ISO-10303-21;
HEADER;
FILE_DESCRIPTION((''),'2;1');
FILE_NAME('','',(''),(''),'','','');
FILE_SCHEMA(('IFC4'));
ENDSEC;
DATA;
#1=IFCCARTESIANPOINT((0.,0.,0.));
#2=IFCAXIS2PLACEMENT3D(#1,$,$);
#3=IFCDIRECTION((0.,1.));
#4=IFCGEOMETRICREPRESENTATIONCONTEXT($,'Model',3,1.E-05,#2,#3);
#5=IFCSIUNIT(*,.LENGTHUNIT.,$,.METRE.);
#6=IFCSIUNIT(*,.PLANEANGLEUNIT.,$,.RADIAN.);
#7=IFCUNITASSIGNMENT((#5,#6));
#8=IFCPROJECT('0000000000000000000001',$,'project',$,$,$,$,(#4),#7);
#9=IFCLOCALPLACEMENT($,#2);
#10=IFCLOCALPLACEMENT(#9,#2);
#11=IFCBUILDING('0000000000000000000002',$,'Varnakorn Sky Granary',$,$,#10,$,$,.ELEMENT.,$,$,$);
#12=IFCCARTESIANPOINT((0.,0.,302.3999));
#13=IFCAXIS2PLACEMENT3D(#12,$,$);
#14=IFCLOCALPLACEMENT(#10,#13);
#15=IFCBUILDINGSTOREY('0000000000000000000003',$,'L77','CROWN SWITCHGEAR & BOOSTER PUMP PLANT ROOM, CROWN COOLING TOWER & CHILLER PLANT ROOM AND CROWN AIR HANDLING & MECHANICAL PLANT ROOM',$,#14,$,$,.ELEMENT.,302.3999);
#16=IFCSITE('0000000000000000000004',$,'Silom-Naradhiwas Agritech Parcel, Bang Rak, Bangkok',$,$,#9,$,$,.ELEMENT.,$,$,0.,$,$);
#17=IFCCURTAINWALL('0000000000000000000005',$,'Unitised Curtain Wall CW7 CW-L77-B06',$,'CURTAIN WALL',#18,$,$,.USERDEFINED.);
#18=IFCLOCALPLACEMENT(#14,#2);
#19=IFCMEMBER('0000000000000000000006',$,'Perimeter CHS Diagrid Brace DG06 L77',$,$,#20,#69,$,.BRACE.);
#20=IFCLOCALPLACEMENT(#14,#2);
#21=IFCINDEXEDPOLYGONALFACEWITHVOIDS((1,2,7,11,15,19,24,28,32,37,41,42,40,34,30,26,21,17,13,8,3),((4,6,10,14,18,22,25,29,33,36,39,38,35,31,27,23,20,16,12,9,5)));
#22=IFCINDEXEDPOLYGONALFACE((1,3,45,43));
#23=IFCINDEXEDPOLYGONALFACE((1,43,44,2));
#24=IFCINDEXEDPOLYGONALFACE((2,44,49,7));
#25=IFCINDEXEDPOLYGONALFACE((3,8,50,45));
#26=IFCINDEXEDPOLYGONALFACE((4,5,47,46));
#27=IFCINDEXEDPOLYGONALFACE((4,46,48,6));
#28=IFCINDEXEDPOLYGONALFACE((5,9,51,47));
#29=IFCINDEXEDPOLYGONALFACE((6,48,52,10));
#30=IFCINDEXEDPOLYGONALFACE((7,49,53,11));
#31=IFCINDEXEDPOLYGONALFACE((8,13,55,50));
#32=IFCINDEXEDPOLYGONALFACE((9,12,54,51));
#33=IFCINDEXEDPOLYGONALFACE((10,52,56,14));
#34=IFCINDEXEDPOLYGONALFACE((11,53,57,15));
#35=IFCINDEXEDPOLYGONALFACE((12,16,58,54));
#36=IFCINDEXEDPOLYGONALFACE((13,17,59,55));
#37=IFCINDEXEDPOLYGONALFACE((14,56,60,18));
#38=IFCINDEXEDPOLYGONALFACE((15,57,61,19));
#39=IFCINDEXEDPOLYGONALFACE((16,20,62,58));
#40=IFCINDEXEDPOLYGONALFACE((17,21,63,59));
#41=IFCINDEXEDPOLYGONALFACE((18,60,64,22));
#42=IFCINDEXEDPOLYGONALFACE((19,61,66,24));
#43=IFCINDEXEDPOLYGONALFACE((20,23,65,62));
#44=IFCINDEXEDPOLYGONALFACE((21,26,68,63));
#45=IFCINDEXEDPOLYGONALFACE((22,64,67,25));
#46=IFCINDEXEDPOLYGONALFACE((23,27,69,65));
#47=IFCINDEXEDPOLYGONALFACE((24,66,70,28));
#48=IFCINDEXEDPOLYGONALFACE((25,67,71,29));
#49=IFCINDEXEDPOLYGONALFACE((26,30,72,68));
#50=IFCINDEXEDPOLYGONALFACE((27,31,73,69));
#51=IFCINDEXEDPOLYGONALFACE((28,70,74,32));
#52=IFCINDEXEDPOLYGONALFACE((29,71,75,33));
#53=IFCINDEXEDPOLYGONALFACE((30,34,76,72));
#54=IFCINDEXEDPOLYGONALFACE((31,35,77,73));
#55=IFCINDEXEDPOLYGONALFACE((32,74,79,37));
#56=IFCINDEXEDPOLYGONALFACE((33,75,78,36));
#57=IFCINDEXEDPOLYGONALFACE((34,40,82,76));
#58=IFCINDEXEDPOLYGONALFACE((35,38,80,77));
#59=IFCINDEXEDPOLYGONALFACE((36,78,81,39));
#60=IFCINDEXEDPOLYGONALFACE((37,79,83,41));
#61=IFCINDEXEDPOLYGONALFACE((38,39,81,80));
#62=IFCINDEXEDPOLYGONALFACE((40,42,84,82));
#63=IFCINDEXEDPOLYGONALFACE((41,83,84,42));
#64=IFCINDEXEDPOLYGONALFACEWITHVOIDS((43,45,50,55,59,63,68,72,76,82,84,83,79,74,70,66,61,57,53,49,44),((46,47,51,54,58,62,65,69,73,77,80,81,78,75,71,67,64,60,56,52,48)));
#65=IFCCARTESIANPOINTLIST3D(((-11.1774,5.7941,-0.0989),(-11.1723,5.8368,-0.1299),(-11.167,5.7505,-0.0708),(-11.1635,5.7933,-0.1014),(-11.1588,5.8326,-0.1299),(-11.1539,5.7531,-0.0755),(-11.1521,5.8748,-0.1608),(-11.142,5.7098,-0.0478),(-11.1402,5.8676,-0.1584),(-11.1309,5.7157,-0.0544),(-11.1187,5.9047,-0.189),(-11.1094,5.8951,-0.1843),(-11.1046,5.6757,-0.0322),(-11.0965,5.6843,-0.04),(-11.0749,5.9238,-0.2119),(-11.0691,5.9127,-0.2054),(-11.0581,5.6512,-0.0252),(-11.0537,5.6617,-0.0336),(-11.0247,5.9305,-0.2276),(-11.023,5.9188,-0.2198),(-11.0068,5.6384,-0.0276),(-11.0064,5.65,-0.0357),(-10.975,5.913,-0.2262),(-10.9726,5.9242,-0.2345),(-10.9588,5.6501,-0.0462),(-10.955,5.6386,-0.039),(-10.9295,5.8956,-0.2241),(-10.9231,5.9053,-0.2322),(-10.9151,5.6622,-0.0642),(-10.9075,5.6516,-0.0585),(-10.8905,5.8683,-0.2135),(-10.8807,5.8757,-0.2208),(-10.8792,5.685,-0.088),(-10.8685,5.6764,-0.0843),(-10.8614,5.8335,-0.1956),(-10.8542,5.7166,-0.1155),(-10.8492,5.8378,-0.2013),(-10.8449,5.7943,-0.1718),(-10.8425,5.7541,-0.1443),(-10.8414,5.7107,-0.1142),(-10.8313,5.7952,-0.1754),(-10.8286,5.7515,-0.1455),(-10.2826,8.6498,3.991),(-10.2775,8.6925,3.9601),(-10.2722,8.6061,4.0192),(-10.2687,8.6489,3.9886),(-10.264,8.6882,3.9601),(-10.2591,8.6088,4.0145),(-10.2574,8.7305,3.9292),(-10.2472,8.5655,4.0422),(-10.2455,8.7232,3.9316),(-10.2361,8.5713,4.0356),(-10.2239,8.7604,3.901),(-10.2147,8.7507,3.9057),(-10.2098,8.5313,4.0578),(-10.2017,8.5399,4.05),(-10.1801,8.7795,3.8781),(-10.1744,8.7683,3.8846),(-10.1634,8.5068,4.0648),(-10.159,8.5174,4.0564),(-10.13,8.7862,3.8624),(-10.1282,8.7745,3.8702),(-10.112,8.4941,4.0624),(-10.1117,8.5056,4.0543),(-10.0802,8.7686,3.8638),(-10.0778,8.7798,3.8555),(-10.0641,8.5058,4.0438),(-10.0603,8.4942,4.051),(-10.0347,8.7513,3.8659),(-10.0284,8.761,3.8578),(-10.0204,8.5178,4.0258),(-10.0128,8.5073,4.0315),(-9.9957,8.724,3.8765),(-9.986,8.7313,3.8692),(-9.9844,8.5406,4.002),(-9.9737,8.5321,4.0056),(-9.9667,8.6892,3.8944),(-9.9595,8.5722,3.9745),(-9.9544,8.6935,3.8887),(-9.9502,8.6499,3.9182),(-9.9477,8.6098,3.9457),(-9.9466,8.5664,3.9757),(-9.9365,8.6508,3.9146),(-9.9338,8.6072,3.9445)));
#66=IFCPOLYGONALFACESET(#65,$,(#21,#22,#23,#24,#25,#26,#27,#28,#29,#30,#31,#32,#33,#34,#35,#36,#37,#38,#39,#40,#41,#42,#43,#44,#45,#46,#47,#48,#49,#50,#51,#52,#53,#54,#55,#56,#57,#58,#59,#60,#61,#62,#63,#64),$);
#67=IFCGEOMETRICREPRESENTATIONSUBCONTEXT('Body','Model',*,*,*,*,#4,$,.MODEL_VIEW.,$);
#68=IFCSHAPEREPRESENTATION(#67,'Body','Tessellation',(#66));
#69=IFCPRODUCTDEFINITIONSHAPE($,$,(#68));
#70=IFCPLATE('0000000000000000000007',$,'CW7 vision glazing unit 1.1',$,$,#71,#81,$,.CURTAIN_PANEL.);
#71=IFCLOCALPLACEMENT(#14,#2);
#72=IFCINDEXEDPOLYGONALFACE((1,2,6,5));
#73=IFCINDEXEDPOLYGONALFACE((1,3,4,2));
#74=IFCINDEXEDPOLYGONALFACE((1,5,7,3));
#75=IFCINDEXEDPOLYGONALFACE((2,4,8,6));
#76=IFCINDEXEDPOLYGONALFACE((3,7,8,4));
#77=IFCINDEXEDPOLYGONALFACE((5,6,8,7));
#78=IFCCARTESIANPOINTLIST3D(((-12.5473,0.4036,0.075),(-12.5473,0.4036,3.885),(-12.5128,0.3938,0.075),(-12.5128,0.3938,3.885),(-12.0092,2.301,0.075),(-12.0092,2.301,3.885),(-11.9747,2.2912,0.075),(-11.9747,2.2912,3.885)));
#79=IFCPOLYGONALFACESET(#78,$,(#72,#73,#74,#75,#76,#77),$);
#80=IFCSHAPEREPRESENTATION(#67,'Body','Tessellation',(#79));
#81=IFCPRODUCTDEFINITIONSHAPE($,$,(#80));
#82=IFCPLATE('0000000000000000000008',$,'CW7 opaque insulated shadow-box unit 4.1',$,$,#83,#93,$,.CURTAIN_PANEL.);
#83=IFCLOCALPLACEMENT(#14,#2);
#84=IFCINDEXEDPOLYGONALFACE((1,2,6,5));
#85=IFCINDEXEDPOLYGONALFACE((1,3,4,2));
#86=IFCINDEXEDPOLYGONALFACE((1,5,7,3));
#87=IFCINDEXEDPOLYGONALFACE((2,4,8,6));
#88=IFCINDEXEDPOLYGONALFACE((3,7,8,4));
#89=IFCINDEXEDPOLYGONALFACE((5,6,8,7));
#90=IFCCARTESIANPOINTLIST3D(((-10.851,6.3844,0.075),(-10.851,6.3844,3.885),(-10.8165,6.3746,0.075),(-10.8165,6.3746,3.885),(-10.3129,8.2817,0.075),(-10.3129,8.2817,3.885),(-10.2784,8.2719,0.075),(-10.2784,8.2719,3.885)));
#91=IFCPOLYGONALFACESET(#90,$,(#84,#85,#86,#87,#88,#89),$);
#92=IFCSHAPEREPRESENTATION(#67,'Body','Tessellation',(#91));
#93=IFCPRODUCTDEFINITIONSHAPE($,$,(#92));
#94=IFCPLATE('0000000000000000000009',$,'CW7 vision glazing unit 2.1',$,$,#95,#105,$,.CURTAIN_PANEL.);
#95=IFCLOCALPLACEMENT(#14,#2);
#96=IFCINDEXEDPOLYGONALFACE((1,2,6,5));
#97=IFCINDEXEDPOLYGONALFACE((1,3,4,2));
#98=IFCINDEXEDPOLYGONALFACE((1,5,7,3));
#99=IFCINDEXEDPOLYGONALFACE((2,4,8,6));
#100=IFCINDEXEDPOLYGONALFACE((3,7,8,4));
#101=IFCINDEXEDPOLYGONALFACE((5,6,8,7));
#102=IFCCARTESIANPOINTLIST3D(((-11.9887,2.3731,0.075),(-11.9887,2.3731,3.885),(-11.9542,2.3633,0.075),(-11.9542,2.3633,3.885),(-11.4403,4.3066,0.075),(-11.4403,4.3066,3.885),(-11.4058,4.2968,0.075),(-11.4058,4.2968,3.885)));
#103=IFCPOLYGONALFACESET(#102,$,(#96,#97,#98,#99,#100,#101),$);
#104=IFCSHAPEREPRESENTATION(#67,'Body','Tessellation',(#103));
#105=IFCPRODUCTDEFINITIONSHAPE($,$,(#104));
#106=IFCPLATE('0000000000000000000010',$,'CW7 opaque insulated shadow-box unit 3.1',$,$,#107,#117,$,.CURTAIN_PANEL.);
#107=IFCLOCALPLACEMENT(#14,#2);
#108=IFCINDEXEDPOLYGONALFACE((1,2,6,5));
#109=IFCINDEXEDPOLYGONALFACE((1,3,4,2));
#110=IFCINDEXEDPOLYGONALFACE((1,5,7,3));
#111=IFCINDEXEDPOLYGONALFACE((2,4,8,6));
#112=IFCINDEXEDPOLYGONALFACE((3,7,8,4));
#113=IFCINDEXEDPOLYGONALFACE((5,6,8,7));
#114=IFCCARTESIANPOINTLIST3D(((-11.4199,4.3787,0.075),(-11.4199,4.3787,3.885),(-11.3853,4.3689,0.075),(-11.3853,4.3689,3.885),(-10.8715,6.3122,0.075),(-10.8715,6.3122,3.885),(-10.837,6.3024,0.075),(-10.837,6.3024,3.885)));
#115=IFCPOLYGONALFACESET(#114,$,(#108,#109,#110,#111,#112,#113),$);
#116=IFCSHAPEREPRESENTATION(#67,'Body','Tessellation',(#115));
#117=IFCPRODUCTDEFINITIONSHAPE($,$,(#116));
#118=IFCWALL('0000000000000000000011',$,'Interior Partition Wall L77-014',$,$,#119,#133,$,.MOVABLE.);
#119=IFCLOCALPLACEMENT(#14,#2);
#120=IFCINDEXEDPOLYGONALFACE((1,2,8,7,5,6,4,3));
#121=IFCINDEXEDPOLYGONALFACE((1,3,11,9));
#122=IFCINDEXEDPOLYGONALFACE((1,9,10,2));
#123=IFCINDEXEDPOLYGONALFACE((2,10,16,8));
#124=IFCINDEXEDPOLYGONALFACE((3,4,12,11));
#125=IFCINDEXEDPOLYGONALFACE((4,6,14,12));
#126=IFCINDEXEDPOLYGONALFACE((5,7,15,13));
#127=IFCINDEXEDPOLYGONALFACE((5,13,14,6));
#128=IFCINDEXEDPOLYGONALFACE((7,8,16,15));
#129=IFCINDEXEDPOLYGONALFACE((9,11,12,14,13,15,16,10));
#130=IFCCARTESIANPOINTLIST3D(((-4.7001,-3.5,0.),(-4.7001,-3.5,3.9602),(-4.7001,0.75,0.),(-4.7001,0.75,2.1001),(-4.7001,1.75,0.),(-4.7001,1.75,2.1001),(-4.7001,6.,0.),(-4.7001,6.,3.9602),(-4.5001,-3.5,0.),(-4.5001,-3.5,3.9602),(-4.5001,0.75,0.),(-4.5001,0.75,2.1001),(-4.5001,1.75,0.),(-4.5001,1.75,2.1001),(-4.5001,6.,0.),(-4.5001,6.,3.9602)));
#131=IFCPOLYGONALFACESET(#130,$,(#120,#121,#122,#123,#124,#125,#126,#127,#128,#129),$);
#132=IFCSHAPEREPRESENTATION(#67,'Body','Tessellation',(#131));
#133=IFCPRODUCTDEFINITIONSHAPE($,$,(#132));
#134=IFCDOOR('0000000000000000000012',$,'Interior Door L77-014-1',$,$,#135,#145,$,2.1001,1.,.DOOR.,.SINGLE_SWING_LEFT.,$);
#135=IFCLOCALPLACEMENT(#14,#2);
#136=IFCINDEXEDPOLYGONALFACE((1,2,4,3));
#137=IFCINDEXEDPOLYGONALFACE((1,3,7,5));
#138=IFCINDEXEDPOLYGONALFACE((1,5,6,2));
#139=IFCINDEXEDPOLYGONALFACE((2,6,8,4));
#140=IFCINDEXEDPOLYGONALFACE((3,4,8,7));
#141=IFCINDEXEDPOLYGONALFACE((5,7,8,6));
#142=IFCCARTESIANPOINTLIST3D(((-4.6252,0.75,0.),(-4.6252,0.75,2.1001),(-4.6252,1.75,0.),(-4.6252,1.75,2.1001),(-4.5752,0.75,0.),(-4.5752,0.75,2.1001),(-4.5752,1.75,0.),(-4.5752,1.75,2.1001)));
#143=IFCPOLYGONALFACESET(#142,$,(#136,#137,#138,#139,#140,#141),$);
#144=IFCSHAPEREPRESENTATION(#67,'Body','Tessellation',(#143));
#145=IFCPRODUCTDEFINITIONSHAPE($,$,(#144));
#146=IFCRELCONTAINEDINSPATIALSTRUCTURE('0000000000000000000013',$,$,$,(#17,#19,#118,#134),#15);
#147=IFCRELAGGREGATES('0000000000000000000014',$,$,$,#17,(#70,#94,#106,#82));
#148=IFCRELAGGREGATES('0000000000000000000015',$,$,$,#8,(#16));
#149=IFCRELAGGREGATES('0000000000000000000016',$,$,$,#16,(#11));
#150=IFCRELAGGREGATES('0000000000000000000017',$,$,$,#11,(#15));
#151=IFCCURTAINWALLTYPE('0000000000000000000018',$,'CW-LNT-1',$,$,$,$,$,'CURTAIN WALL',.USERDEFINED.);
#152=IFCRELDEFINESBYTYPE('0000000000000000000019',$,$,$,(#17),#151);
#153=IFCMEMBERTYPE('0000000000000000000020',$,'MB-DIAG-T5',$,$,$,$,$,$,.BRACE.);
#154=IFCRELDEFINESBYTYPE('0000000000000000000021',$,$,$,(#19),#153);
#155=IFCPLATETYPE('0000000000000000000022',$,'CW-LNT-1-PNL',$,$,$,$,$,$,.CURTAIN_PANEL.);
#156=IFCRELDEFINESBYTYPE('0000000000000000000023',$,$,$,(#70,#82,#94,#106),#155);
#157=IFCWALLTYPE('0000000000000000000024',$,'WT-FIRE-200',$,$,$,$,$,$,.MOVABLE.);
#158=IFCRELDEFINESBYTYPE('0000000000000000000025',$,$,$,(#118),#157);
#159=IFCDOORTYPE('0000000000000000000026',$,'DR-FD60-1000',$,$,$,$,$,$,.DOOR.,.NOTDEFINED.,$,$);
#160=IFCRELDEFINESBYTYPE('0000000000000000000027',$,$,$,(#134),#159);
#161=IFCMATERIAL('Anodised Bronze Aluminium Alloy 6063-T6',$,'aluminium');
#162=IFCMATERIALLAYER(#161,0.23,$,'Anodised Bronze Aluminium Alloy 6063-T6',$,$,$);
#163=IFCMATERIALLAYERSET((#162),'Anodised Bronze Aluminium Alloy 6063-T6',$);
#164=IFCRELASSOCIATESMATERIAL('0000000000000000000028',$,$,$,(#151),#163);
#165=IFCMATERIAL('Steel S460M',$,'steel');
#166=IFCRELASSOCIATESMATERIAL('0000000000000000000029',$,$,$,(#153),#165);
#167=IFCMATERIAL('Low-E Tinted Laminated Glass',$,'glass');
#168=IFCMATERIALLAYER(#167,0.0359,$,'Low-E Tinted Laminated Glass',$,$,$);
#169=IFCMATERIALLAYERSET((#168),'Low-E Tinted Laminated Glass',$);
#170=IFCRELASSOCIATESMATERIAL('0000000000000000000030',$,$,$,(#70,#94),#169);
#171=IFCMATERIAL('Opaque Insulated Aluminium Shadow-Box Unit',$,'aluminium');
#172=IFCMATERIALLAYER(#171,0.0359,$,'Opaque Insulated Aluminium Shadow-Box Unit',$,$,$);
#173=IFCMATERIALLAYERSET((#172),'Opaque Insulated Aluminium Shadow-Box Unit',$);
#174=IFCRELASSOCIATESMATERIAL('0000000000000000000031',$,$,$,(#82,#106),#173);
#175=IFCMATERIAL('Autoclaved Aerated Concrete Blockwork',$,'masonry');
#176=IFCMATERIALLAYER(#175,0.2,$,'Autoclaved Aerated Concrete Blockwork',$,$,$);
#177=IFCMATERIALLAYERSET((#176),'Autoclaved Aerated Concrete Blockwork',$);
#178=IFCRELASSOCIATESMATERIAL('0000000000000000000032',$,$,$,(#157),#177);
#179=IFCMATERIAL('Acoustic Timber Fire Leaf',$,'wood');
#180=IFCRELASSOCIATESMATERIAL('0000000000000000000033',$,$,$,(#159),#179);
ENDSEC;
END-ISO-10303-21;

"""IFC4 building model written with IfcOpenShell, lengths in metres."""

from ifc_helpers import new_model, si_unit, direction, frame, frame_2d, origin, origin_2d, place, context, subcontext, project, spatial, rectangle, hollow_circle, extrude, source, transform, mapped, material, layer, layer_set, material_profile, profile_set, type_object, type_shapes, element, fill, aggregate, save


model = new_model("IFC4")

# Units and contexts
model_context = context("Model", 3, precision=1e-05, world=origin(), true_north=direction((0.0, 1.0)))
body_context = subcontext(model_context, "Body", "Model", "MODEL_VIEW")
ifc_project = project(units=[si_unit("LENGTHUNIT", "METRE"), si_unit("PLANEANGLEUNIT", "RADIAN")], contexts=[model_context])

# Site, building, storey
site_placement = place(None, origin())
site = spatial("IfcSite", under=ifc_project, at=site_placement, Name="Silom-Naradhiwas Agritech Parcel, Bang Rak, Bangkok", CompositionType="ELEMENT", RefElevation=0.0)
building_placement = place(site_placement, origin())
building = spatial("IfcBuilding", under=site, at=building_placement, Name="Varnakorn Sky Granary", CompositionType="ELEMENT")
storey_placement = place(building_placement, frame((0.0, 0.0, 302.3999)))
storey = spatial("IfcBuildingStorey", under=building, at=storey_placement, Name="L77", Description="CROWN SWITCHGEAR & BOOSTER PUMP PLANT ROOM, CROWN COOLING TOWER & CHILLER PLANT ROOM AND CROWN AIR HANDLING & MECHANICAL PLANT ROOM", CompositionType="ELEMENT", Elevation=302.3999)

# Shared definitions
ifc_material_1 = material(Name="Steel S460M", Category="steel")

# Shared definitions
ifc_material_2 = material(Name="Anodised Bronze Aluminium Alloy 6063-T6", Category="aluminium")
ifc_layer_1 = layer(ifc_material_2, 0.23, Name="Anodised Bronze Aluminium Alloy 6063-T6")
ifc_layer_set_1 = layer_set([ifc_layer_1], Name="Anodised Bronze Aluminium Alloy 6063-T6")
curtain_wall_type = type_object("IfcCurtainWallType", Name="CW-LNT-1", ElementType="CURTAIN WALL", PredefinedType="USERDEFINED", material=ifc_layer_set_1)

# Curtain wall
curtain_wall_1_placement = place(storey_placement, origin())
curtain_wall_1 = element("IfcCurtainWall", 1, at=curtain_wall_1_placement, inside=storey, type_object=curtain_wall_type, Name="Unitised Curtain Wall CW7 CW-L77-B06", ObjectType="CURTAIN WALL", PredefinedType="USERDEFINED")

# Member
ifc_material_profile_1 = material_profile(ifc_material_1, hollow_circle(Radius=0.1777, WallThickness=0.0142, at=origin_2d()), Name="CHS 355.6x14")
ifc_profile_set_1 = profile_set([ifc_material_profile_1], Name="Steel S460M")
member_type_1 = type_object("IfcMemberType", Name="MB-DIAG-T5", PredefinedType="BRACE", material=ifc_profile_set_1)
member_1_placement = place(storey_placement, frame((-11.0027, 5.7837, -0.1299), z_axis=(0.176554, 0.56348, 0.807043), x_axis=(-0.954255, 0.298995, 0.0)))
element("IfcMember", 2, at=member_1_placement, inside=storey, type_object=member_type_1, Name="Perimeter CHS Diagrid Brace DG06 L77", PredefinedType="BRACE", context=body_context, shape_type="SweptSolid", body=[
    extrude(hollow_circle(Radius=0.1777, WallThickness=0.0142, at=origin_2d()), origin(), (0.0, 0.0, 1.0), 5.0679),
])

# Plates
ifc_material_3 = material(Name="Low-E Tinted Laminated Glass", Category="glass")
ifc_layer_2 = layer(ifc_material_3, 0.0359, Name="Low-E Tinted Laminated Glass")
ifc_layer_set_2 = layer_set([ifc_layer_2], Name="Low-E Tinted Laminated Glass")
plate_type = type_object("IfcPlateType", Name="CW-LNT-1-PNL", PredefinedType="CURTAIN_PANEL")
shared_shape_1 = source(origin(), body_context, "Body", "SweptSolid", [
    extrude(rectangle(XDim=1.9722, YDim=0.0359, at=origin_2d()), origin(), (0.0, 0.0, 1.0), 3.8101),
])
plate_1_placement = place(storey_placement, frame((-12.261, 1.3474, 0.075), z_axis=(0.0, 0.0, 1.0), x_axis=(0.27286, 0.962054, 0.0)))
plate_1 = element("IfcPlate", 3, at=plate_1_placement, type_object=plate_type, material=ifc_layer_set_2, Name="CW7 vision glazing unit 1.1", PredefinedType="CURTAIN_PANEL", context=body_context, shape_type="MappedRepresentation", body=[
    mapped(shared_shape_1, transform((0.0, 0.0, 0.0), x_axis=(1.0, 0.0, 0.0), y_axis=(0.0, 1.0, 0.0), z_axis=(0.0, 0.0, 1.0), scale=1.0)),
])
ifc_material_4 = material(Name="Opaque Insulated Aluminium Shadow-Box Unit", Category="aluminium")
ifc_layer_3 = layer(ifc_material_4, 0.0359, Name="Opaque Insulated Aluminium Shadow-Box Unit")
ifc_layer_set_3 = layer_set([ifc_layer_3], Name="Opaque Insulated Aluminium Shadow-Box Unit")
plate_2_placement = place(storey_placement, frame((-10.5647, 7.3281, 0.075), z_axis=(0.0, 0.0, 1.0), x_axis=(0.27286, 0.962054, 0.0)))
plate_2 = element("IfcPlate", 4, at=plate_2_placement, type_object=plate_type, material=ifc_layer_set_3, Name="CW7 opaque insulated shadow-box unit 4.1", PredefinedType="CURTAIN_PANEL", context=body_context, shape_type="MappedRepresentation", body=[
    mapped(shared_shape_1, transform((0.0, 0.0, 0.0), x_axis=(1.0, 0.0, 0.0), y_axis=(0.0, 1.0, 0.0), z_axis=(0.0, 0.0, 1.0), scale=1.0)),
])
shared_shape_2 = source(origin(), body_context, "Body", "SweptSolid", [
    extrude(rectangle(XDim=2.0098, YDim=0.0359, at=origin_2d()), origin(), (0.0, 0.0, 1.0), 3.8101),
])
type_shapes(plate_type, [shared_shape_1, shared_shape_2])
plate_3_placement = place(storey_placement, frame((-11.6973, 3.335, 0.075), z_axis=(0.0, 0.0, 1.0), x_axis=(0.27286, 0.962054, 0.0)))
plate_3 = element("IfcPlate", 5, at=plate_3_placement, type_object=plate_type, material=ifc_layer_set_2, Name="CW7 vision glazing unit 2.1", PredefinedType="CURTAIN_PANEL", context=body_context, shape_type="MappedRepresentation", body=[
    mapped(shared_shape_2, transform((0.0, 0.0, 0.0), x_axis=(1.0, 0.0, 0.0), y_axis=(0.0, 1.0, 0.0), z_axis=(0.0, 0.0, 1.0), scale=1.0)),
])
plate_4_placement = place(storey_placement, frame((-11.1284, 5.3406, 0.075), z_axis=(0.0, 0.0, 1.0), x_axis=(0.27286, 0.962054, 0.0)))
plate_4 = element("IfcPlate", 6, at=plate_4_placement, type_object=plate_type, material=ifc_layer_set_3, Name="CW7 opaque insulated shadow-box unit 3.1", PredefinedType="CURTAIN_PANEL", context=body_context, shape_type="MappedRepresentation", body=[
    mapped(shared_shape_2, transform((0.0, 0.0, 0.0), x_axis=(1.0, 0.0, 0.0), y_axis=(0.0, 1.0, 0.0), z_axis=(0.0, 0.0, 1.0), scale=1.0)),
])
aggregate(curtain_wall_1, [plate_1, plate_3, plate_4, plate_2])

# Wall, opening, door
ifc_material_5 = material(Name="Autoclaved Aerated Concrete Blockwork", Category="masonry")
ifc_layer_4 = layer(ifc_material_5, 0.2, Name="Autoclaved Aerated Concrete Blockwork")
ifc_layer_set_4 = layer_set([ifc_layer_4], Name="Autoclaved Aerated Concrete Blockwork")
wall_type = type_object("IfcWallType", Name="WT-FIRE-200", PredefinedType="MOVABLE", material=ifc_layer_set_4)
wall_placement = place(storey_placement, frame((-4.6001, 6.0, 0.0), z_axis=(0.0, 0.0, 1.0), x_axis=(0.0, -1.0, 0.0)))
wall = element("IfcWall", 7, at=wall_placement, inside=storey, type_object=wall_type, Name="Interior Partition Wall L77-014", PredefinedType="MOVABLE", context=body_context, shape_type="SweptSolid", body=[
    extrude(rectangle(XDim=9.5, YDim=0.2, at=frame_2d((4.75, 0.0))), origin(), (0.0, 0.0, 1.0), 3.9602),
])
opening_placement = place(wall_placement, frame((4.25, 0.0, 0.0)))
opening = element("IfcOpeningElement", 8, at=opening_placement, cuts=wall, PredefinedType="OPENING", context=body_context, shape_type="SweptSolid", body=[
    extrude(rectangle(XDim=1.0, YDim=2.1001, at=frame_2d((0.5, 1.05))), frame((0.0, 0.1099, 0.0), z_axis=(0.0, -1.0, 0.0), x_axis=(1.0, 0.0, 0.0)), (0.0, 0.0, 1.0), 0.22),
])
ifc_material_6 = material(Name="Acoustic Timber Fire Leaf", Category="wood")
door_type = type_object("IfcDoorType", Name="DR-FD60-1000", OperationType="NOTDEFINED", PredefinedType="DOOR", material=ifc_material_6)
door_placement = place(opening_placement, origin())
door = element("IfcDoor", 9, at=door_placement, inside=storey, type_object=door_type, Name="Interior Door L77-014-1", OperationType="SINGLE_SWING_LEFT", OverallHeight=2.1001, OverallWidth=1.0, PredefinedType="DOOR", context=body_context, shape_type="SweptSolid", body=[
    extrude(rectangle(XDim=1.0, YDim=2.1001, at=frame_2d((0.5, 1.05))), frame((0.0, 0.0249, 0.0), z_axis=(0.0, -1.0, 0.0), x_axis=(1.0, 0.0, 0.0)), (0.0, 0.0, 1.0), 0.05),
])
fill(opening, door)

save(model, "model.ifc")
